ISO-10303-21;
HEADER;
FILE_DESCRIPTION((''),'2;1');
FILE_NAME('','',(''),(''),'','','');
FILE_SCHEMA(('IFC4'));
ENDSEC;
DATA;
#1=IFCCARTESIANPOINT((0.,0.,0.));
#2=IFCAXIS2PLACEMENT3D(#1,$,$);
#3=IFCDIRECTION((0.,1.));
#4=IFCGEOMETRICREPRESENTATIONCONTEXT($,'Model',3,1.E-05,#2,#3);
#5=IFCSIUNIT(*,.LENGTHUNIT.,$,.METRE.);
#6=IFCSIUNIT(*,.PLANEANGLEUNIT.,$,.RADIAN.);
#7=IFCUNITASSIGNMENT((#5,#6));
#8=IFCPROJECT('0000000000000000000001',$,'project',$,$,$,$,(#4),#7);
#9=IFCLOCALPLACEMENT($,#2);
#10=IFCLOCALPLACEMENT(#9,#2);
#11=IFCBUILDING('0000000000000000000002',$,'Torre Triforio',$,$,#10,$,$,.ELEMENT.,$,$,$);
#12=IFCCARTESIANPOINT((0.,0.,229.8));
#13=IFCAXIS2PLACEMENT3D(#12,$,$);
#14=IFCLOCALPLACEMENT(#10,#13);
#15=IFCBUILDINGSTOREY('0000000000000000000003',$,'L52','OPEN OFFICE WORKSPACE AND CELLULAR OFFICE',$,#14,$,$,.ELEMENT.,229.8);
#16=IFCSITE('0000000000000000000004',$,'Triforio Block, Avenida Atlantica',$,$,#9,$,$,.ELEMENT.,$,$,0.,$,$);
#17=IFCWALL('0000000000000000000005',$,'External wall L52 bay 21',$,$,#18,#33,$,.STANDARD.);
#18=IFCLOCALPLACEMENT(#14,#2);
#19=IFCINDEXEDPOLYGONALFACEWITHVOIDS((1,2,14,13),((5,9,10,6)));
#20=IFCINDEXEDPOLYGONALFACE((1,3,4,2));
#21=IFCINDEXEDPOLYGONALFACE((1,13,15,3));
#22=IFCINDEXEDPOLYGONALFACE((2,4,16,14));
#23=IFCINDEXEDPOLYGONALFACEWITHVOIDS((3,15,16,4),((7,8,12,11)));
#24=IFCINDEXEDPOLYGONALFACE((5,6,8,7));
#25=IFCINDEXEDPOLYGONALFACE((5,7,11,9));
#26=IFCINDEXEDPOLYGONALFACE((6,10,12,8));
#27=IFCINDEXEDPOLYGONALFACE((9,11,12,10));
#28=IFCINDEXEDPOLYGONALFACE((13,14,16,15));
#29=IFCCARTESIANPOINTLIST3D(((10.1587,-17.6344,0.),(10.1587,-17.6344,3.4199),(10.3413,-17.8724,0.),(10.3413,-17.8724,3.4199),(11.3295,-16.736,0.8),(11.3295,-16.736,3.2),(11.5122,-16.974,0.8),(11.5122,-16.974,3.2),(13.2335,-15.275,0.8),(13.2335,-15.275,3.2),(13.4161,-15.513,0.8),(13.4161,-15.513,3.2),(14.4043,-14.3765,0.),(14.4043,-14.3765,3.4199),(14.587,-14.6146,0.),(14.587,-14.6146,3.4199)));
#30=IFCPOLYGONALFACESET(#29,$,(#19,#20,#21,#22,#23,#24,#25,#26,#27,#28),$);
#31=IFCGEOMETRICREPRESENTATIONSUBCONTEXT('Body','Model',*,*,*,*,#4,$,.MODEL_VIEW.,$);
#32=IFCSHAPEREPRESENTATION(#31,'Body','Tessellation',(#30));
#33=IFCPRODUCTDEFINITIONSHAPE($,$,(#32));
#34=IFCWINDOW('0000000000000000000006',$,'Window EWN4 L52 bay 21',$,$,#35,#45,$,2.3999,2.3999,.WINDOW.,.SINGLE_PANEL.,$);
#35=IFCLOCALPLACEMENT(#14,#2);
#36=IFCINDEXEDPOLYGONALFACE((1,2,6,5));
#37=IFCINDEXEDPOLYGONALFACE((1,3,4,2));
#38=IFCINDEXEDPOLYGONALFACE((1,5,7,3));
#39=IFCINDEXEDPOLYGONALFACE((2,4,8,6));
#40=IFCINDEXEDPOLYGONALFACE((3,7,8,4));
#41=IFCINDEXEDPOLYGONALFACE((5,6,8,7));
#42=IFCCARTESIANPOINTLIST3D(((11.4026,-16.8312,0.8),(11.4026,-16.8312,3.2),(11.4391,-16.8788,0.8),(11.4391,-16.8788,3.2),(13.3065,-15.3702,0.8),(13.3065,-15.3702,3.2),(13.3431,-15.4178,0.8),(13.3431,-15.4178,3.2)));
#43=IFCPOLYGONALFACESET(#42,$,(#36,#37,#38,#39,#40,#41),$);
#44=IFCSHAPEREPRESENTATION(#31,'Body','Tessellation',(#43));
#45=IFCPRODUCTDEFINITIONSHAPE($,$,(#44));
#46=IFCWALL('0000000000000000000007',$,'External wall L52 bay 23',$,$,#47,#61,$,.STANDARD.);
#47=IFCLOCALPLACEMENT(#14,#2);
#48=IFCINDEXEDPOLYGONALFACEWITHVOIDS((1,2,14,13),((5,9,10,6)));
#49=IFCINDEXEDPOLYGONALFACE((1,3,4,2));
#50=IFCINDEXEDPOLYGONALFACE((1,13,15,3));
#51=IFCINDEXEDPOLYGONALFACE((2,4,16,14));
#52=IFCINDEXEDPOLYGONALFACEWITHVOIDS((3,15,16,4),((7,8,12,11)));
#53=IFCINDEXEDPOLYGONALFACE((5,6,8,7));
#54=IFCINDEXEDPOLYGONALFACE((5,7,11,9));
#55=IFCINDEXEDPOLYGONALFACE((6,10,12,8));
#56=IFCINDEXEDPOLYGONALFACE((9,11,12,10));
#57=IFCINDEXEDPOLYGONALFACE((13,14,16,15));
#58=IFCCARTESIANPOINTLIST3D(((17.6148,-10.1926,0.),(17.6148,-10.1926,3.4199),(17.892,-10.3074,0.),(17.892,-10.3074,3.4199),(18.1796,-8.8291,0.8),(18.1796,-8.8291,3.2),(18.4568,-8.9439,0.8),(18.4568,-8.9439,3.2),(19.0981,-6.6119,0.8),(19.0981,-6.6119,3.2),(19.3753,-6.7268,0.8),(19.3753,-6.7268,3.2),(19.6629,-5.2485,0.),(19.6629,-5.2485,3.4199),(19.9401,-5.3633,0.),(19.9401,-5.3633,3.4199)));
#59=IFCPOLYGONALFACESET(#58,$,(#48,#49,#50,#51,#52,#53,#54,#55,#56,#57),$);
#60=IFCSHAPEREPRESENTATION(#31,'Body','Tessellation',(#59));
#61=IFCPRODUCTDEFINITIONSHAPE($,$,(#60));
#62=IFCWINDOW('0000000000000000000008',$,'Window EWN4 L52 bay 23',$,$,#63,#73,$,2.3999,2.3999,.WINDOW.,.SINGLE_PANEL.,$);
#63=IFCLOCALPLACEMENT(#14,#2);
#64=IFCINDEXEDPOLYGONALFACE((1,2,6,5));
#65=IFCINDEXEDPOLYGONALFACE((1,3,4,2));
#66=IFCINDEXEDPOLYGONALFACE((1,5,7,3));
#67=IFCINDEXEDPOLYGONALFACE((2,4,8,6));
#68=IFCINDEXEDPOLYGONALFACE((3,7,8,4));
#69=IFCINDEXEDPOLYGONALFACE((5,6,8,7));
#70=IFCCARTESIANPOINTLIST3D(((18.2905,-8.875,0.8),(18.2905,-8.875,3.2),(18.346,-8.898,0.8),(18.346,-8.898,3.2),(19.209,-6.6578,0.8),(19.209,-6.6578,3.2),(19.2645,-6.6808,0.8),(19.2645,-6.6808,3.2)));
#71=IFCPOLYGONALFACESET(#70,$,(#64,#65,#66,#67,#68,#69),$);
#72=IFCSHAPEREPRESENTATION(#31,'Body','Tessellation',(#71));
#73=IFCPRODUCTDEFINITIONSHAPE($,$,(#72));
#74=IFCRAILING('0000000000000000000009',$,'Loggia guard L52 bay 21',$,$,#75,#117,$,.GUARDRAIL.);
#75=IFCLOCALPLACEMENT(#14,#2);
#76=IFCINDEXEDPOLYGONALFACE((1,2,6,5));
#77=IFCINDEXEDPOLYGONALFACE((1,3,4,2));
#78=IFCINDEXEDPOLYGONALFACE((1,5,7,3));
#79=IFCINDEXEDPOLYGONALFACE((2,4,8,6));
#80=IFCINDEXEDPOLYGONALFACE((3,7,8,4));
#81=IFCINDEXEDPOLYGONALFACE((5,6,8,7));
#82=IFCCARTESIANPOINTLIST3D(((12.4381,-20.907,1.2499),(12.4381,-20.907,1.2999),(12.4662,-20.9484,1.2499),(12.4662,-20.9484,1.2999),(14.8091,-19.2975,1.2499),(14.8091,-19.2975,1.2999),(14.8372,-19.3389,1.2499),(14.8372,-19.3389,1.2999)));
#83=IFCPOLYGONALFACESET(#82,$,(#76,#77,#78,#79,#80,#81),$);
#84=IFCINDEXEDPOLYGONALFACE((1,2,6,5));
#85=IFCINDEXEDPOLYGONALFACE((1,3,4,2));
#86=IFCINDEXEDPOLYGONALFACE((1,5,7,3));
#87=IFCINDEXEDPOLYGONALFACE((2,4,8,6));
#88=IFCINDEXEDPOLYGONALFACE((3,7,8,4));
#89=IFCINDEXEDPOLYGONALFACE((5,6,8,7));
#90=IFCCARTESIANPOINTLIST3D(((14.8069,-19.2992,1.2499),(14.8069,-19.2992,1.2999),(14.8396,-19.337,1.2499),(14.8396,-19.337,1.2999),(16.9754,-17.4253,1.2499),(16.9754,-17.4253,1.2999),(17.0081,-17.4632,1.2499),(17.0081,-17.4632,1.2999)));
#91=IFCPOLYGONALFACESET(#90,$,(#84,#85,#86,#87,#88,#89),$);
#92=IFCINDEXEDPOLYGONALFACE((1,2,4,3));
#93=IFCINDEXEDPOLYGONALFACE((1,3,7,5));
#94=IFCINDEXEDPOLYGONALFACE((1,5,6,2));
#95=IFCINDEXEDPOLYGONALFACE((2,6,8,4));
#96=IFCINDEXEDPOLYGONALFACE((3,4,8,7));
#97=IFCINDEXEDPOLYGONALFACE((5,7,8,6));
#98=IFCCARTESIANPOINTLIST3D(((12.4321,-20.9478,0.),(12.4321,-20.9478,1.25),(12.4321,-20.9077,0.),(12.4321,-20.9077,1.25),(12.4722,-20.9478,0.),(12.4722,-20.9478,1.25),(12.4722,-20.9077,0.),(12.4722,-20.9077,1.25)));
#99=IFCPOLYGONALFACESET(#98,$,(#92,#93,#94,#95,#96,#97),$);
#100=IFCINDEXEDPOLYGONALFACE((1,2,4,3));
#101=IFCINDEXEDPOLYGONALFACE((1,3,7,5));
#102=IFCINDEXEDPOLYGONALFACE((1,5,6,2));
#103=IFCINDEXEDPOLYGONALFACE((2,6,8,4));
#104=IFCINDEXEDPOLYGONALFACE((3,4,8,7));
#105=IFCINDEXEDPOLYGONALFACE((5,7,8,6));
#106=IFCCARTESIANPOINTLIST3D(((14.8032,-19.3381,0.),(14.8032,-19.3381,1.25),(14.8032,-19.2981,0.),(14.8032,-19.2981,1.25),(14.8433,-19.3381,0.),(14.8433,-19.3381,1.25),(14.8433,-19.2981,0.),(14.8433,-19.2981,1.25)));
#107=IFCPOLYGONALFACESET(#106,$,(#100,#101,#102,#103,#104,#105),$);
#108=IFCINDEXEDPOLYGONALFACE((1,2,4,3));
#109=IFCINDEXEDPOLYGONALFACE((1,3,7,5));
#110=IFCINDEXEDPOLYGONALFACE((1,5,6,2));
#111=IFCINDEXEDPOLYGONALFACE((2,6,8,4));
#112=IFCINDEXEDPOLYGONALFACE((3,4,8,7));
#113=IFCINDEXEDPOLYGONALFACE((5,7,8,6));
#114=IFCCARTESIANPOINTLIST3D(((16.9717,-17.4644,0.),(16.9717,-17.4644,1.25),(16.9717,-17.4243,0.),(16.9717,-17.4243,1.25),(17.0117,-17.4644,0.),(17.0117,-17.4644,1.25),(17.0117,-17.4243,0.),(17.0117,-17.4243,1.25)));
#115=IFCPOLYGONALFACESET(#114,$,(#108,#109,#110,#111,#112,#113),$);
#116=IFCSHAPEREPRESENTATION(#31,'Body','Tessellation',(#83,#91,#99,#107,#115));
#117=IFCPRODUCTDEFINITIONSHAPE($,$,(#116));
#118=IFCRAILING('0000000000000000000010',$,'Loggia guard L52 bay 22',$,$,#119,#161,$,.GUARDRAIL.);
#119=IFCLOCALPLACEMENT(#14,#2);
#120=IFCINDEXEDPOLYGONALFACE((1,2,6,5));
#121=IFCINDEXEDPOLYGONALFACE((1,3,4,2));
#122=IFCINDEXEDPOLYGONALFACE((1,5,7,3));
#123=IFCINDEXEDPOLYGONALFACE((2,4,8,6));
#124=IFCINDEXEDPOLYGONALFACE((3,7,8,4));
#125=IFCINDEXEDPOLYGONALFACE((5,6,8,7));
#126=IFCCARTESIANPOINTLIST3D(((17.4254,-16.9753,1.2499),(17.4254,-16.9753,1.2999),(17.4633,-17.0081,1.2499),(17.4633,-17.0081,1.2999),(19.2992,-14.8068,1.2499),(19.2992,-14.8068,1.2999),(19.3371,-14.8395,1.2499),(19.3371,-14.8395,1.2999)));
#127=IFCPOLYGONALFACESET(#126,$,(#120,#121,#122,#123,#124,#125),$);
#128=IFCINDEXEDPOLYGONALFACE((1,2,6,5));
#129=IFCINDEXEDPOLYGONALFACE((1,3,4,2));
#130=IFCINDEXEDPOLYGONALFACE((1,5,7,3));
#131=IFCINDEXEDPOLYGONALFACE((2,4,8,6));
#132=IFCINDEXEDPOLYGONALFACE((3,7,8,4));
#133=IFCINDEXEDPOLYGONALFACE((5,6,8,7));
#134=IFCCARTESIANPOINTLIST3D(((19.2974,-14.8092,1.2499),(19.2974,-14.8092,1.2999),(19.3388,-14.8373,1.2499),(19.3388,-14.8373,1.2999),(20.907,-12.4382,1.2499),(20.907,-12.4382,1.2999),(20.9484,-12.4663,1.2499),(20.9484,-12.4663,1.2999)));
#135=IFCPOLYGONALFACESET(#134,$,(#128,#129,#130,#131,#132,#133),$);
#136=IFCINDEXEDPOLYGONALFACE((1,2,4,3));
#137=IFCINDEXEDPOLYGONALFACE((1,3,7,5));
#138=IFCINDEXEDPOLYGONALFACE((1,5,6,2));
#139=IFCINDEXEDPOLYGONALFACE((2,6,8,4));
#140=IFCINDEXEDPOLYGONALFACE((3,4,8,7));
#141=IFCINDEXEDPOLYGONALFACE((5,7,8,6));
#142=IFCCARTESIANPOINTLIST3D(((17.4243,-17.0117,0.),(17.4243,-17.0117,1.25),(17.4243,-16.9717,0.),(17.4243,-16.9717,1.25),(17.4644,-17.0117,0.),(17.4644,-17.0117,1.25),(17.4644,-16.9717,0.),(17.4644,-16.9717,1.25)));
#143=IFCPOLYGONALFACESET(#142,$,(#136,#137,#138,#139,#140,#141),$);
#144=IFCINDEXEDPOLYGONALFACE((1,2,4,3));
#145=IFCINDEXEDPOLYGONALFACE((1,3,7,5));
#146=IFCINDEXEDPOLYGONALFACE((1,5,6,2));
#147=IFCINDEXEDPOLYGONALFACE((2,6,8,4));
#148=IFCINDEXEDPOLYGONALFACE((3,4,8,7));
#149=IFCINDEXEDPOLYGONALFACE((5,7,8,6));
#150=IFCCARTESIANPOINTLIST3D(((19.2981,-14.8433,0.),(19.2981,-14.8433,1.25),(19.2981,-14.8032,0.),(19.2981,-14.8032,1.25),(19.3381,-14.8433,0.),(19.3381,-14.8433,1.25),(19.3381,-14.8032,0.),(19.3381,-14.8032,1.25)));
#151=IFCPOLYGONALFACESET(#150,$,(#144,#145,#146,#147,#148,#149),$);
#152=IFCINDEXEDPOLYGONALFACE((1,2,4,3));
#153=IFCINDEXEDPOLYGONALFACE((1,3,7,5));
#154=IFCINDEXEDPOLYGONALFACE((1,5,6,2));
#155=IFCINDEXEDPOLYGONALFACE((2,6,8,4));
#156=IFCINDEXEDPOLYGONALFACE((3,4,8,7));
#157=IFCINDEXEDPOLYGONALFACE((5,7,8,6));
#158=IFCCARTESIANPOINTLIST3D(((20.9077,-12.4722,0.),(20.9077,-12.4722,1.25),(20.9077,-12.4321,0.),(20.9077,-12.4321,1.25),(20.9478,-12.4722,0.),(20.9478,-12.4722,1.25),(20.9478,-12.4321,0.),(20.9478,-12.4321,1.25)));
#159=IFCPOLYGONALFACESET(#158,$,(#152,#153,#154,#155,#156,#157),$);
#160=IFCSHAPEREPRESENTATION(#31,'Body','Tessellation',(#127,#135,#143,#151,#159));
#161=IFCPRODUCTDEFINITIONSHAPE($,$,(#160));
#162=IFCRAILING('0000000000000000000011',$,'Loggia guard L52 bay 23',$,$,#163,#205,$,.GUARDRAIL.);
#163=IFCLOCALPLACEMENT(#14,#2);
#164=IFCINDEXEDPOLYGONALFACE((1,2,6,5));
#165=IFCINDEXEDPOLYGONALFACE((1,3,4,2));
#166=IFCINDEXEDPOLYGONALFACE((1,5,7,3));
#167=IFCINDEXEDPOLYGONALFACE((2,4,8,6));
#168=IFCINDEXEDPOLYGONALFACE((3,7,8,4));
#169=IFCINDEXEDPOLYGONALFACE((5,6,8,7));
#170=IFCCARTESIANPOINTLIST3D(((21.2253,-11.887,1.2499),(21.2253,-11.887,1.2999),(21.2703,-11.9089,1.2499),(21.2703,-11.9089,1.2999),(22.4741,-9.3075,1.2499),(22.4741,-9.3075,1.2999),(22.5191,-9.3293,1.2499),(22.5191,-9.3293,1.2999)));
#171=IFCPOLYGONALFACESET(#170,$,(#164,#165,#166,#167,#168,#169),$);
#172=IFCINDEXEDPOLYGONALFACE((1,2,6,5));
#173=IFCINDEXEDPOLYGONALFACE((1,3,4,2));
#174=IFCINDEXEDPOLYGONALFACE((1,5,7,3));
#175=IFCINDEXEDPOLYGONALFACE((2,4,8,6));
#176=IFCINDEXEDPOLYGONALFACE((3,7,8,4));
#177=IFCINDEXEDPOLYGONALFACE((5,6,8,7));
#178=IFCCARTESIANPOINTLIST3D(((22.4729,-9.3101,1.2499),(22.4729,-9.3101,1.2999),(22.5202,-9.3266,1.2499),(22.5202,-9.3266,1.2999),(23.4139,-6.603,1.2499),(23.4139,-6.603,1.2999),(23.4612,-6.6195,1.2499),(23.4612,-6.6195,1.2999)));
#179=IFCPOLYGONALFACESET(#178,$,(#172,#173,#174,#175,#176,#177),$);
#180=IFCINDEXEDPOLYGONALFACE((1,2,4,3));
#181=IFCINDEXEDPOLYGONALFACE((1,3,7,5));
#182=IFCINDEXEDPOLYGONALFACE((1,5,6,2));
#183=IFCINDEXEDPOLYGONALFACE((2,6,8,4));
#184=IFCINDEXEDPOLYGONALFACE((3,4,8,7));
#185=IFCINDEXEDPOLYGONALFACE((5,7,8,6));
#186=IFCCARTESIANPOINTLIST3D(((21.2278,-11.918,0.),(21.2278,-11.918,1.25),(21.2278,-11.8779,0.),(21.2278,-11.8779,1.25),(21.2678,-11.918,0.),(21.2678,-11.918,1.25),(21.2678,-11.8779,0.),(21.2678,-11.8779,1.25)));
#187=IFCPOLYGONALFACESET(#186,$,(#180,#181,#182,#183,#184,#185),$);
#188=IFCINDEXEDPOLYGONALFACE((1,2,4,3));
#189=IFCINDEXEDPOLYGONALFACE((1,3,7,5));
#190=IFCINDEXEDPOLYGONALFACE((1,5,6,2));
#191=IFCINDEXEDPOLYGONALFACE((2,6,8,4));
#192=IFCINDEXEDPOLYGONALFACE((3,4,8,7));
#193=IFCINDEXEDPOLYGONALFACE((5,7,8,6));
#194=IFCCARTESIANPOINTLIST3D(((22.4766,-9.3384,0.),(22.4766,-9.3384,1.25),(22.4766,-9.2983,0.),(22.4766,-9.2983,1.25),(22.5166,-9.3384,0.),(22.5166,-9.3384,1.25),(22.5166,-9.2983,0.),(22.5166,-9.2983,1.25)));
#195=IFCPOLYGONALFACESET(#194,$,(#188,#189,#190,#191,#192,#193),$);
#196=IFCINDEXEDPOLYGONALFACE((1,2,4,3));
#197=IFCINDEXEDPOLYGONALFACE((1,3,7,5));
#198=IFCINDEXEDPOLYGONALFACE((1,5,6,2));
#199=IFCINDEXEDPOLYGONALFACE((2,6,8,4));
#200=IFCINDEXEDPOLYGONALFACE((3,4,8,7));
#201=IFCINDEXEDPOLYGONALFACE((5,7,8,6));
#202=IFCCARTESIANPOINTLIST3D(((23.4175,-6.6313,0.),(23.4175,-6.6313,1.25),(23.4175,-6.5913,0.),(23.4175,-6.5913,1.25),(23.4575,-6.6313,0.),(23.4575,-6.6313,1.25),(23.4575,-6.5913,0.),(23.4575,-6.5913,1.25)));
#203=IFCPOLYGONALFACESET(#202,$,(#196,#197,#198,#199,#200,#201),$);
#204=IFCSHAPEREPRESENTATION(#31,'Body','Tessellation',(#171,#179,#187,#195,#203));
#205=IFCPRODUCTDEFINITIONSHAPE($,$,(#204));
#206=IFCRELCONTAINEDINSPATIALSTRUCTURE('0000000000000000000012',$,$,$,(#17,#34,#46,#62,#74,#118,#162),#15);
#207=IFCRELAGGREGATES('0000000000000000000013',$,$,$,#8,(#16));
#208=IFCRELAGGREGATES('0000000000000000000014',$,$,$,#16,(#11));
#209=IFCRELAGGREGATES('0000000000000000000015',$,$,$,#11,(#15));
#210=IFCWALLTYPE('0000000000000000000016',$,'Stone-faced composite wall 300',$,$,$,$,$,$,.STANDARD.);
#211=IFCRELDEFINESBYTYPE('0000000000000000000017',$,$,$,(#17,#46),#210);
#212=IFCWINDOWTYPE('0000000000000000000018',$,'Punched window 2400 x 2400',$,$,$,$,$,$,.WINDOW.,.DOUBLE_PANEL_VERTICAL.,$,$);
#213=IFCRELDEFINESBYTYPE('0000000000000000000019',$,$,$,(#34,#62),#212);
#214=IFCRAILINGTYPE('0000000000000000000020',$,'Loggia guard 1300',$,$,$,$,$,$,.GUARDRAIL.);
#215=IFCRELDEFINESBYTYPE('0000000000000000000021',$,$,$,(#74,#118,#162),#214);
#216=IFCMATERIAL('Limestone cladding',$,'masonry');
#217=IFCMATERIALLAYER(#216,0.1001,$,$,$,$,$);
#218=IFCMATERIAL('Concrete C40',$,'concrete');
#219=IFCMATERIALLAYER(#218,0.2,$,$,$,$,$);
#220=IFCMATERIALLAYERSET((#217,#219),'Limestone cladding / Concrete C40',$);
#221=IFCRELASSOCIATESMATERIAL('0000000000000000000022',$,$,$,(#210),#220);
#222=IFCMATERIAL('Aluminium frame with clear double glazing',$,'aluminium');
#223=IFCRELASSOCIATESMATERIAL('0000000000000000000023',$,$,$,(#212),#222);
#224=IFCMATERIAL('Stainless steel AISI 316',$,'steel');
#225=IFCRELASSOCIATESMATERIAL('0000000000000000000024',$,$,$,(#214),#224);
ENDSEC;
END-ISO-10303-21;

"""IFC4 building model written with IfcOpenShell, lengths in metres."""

from ifc_helpers import new_model, si_unit, direction, frame, frame_2d, origin, origin_2d, place, context, subcontext, project, spatial, rectangle, extrude, material, layer, layer_set, type_object, element, fill, save


model = new_model("IFC4")

# Units and contexts
model_context = context("Model", 3, precision=1e-05, world=origin(), true_north=direction((0.0, 1.0)))
body_context = subcontext(model_context, "Body", "Model", "MODEL_VIEW")
ifc_project = project(units=[si_unit("LENGTHUNIT", "METRE"), si_unit("PLANEANGLEUNIT", "RADIAN")], contexts=[model_context])

# Site, building, storey
site_placement = place(None, origin())
site = spatial("IfcSite", under=ifc_project, at=site_placement, Name="Triforio Block, Avenida Atlantica", CompositionType="ELEMENT", RefElevation=0.0)
building_placement = place(site_placement, origin())
building = spatial("IfcBuilding", under=site, at=building_placement, Name="Torre Triforio", CompositionType="ELEMENT")
storey_placement = place(building_placement, frame((0.0, 0.0, 229.8)))
storey = spatial("IfcBuildingStorey", under=building, at=storey_placement, Name="L52", Description="OPEN OFFICE WORKSPACE AND CELLULAR OFFICE", CompositionType="ELEMENT", Elevation=229.8)

# Shared definitions
ifc_material_1 = material(Name="Concrete C40", Category="concrete")

# Shared definitions
ifc_material_2 = material(Name="Limestone cladding", Category="masonry")

# Wall, opening, window
ifc_layer_1 = layer(ifc_material_2, 0.1001)
ifc_layer_2 = layer(ifc_material_1, 0.2)
ifc_layer_set_1 = layer_set([ifc_layer_1, ifc_layer_2], Name="Limestone cladding / Concrete C40")
wall_type_1 = type_object("IfcWallType", Name="Stone-faced composite wall 300", PredefinedType="STANDARD", material=ifc_layer_set_1)
wall_1_placement = place(storey_placement, frame((10.25, -17.7534, 0.0), z_axis=(0.0, 0.0, 1.0), x_axis=(0.793349, 0.608767, 0.0)))
wall_1 = element("IfcWall", 1, at=wall_1_placement, inside=storey, type_object=wall_type_1, Name="External wall L52 bay 21", PredefinedType="STANDARD", context=body_context, shape_type="SweptSolid", body=[
    extrude(rectangle(XDim=5.3516, YDim=0.3, at=frame_2d((2.6758, 0.0))), origin(), (0.0, 0.0, 1.0), 3.4199),
])
opening_1_placement = place(wall_1_placement, frame((1.4758, 0.0, 0.8)))
opening_1 = element("IfcOpeningElement", 2, at=opening_1_placement, cuts=wall_1, PredefinedType="OPENING", context=body_context, shape_type="SweptSolid", body=[
    extrude(rectangle(XDim=2.3999, YDim=2.3999, at=frame_2d((1.2, 1.2))), frame((0.0, 0.1599, 0.0), z_axis=(0.0, -1.0, 0.0), x_axis=(1.0, 0.0, 0.0)), (0.0, 0.0, 1.0), 0.3201),
])
ifc_material_3 = material(Name="Aluminium frame with clear double glazing", Category="aluminium")
window_type_1 = type_object("IfcWindowType", Name="Punched window 2400 x 2400", PartitioningType="DOUBLE_PANEL_VERTICAL", PredefinedType="WINDOW", material=ifc_material_3)
window_1_placement = place(opening_1_placement, origin())
window_1 = element("IfcWindow", 3, at=window_1_placement, inside=storey, type_object=window_type_1, Name="Window EWN4 L52 bay 21", OverallHeight=2.3999, OverallWidth=2.3999, PartitioningType="SINGLE_PANEL", PredefinedType="WINDOW", context=body_context, shape_type="SweptSolid", body=[
    extrude(rectangle(XDim=2.3999, YDim=2.3999, at=frame_2d((1.2, 1.2))), frame((0.0, 0.03, 0.0), z_axis=(0.0, -1.0, 0.0), x_axis=(1.0, 0.0, 0.0)), (0.0, 0.0, 1.0), 0.0601),
])
fill(opening_1, window_1)

# Wall, opening, window
wall_2_placement = place(storey_placement, frame((17.7534, -10.25, 0.0), z_axis=(0.0, 0.0, 1.0), x_axis=(0.382713, 0.923867, 0.0)))
wall_2 = element("IfcWall", 4, at=wall_2_placement, inside=storey, type_object=wall_type_1, Name="External wall L52 bay 23", PredefinedType="STANDARD", context=body_context, shape_type="SweptSolid", body=[
    extrude(rectangle(XDim=5.3516, YDim=0.3, at=frame_2d((2.6758, 0.0))), origin(), (0.0, 0.0, 1.0), 3.4199),
])
opening_2_placement = place(wall_2_placement, frame((1.4758, 0.0, 0.8)))
opening_2 = element("IfcOpeningElement", 5, at=opening_2_placement, cuts=wall_2, PredefinedType="OPENING", context=body_context, shape_type="SweptSolid", body=[
    extrude(rectangle(XDim=2.3999, YDim=2.3999, at=frame_2d((1.2, 1.2))), frame((0.0, 0.1599, 0.0), z_axis=(0.0, -1.0, 0.0), x_axis=(1.0, 0.0, 0.0)), (0.0, 0.0, 1.0), 0.3201),
])
window_2_placement = place(opening_2_placement, origin())
window_2 = element("IfcWindow", 6, at=window_2_placement, inside=storey, type_object=window_type_1, Name="Window EWN4 L52 bay 23", OverallHeight=2.3999, OverallWidth=2.3999, PartitioningType="SINGLE_PANEL", PredefinedType="WINDOW", context=body_context, shape_type="SweptSolid", body=[
    extrude(rectangle(XDim=2.3999, YDim=2.3999, at=frame_2d((1.2, 1.2))), frame((0.0, 0.03, 0.0), z_axis=(0.0, -1.0, 0.0), x_axis=(1.0, 0.0, 0.0)), (0.0, 0.0, 1.0), 0.0601),
])
fill(opening_2, window_2)

# Railings
ifc_material_4 = material(Name="Stainless steel AISI 316", Category="steel")
railing_type = type_object("IfcRailingType", Name="Loggia guard 1300", PredefinedType="GUARDRAIL", material=ifc_material_4)
railing_1_placement = place(storey_placement, frame((12.4521, -20.9277, 0.0)))
element("IfcRailing", 7, at=railing_1_placement, inside=storey, type_object=railing_type, Name="Loggia guard L52 bay 21", PredefinedType="GUARDRAIL", context=body_context, shape_type="SweptSolid", body=[
    extrude(rectangle(XDim=0.05, YDim=0.05, at=origin_2d()), frame((0.0, 0.0, 1.2749), z_axis=(0.827368, 0.56166, 0.0), x_axis=(-0.56166, 0.827368, 0.0)), (0.0, 0.0, 1.0), 2.8657),
    extrude(rectangle(XDim=0.05, YDim=0.05, at=origin_2d()), frame((2.3711, 1.6096, 1.2749), z_axis=(0.756647, 0.653824, 0.0), x_axis=(-0.653824, 0.756647, 0.0)), (0.0, 0.0, 1.0), 2.866),
    extrude(rectangle(XDim=0.04, YDim=0.04, at=origin_2d()), origin(), (0.0, 0.0, 1.0), 1.25),
    extrude(rectangle(XDim=0.04, YDim=0.04, at=origin_2d()), frame((2.3711, 1.6096, 0.0)), (0.0, 0.0, 1.0), 1.25),
    extrude(rectangle(XDim=0.04, YDim=0.04, at=origin_2d()), frame((4.5396, 3.4834, 0.0)), (0.0, 0.0, 1.0), 1.25),
])
railing_2_placement = place(storey_placement, frame((17.4443, -16.9917, 0.0)))
element("IfcRailing", 8, at=railing_2_placement, inside=storey, type_object=railing_type, Name="Loggia guard L52 bay 22", PredefinedType="GUARDRAIL", context=body_context, shape_type="SweptSolid", body=[
    extrude(rectangle(XDim=0.05, YDim=0.05, at=origin_2d()), frame((0.0, 0.0, 1.2749), z_axis=(0.653824, 0.756647, 0.0), x_axis=(-0.756647, 0.653824, 0.0)), (0.0, 0.0, 1.0), 2.866),
    extrude(rectangle(XDim=0.05, YDim=0.05, at=origin_2d()), frame((1.8738, 2.1685, 1.2749), z_axis=(0.56166, 0.827368, 0.0), x_axis=(-0.827368, 0.56166, 0.0)), (0.0, 0.0, 1.0), 2.8657),
    extrude(rectangle(XDim=0.04, YDim=0.04, at=origin_2d()), origin(), (0.0, 0.0, 1.0), 1.25),
    extrude(rectangle(XDim=0.04, YDim=0.04, at=origin_2d()), frame((1.8738, 2.1685, 0.0)), (0.0, 0.0, 1.0), 1.25),
    extrude(rectangle(XDim=0.04, YDim=0.04, at=origin_2d()), frame((3.4834, 4.5396, 0.0)), (0.0, 0.0, 1.0), 1.25),
])
railing_3_placement = place(storey_placement, frame((21.2478, -11.8979, 0.0)))
element("IfcRailing", 9, at=railing_3_placement, inside=storey, type_object=railing_type, Name="Loggia guard L52 bay 23", PredefinedType="GUARDRAIL", context=body_context, shape_type="SweptSolid", body=[
    extrude(rectangle(XDim=0.05, YDim=0.05, at=origin_2d()), frame((0.0, 0.0, 1.2749), z_axis=(0.435728, 0.900078, 0.0), x_axis=(-0.900078, 0.435728, 0.0)), (0.0, 0.0, 1.0), 2.866),
    extrude(rectangle(XDim=0.05, YDim=0.05, at=origin_2d()), frame((1.2488, 2.5796, 1.2749), z_axis=(0.328316, 0.944568, 0.0), x_axis=(-0.944568, 0.328316, 0.0)), (0.0, 0.0, 1.0), 2.866),
    extrude(rectangle(XDim=0.04, YDim=0.04, at=origin_2d()), origin(), (0.0, 0.0, 1.0), 1.25),
    extrude(rectangle(XDim=0.04, YDim=0.04, at=origin_2d()), frame((1.2488, 2.5796, 0.0)), (0.0, 0.0, 1.0), 1.25),
    extrude(rectangle(XDim=0.04, YDim=0.04, at=origin_2d()), frame((2.1897, 5.2866, 0.0)), (0.0, 0.0, 1.0), 1.25),
])

save(model, "model.ifc")
